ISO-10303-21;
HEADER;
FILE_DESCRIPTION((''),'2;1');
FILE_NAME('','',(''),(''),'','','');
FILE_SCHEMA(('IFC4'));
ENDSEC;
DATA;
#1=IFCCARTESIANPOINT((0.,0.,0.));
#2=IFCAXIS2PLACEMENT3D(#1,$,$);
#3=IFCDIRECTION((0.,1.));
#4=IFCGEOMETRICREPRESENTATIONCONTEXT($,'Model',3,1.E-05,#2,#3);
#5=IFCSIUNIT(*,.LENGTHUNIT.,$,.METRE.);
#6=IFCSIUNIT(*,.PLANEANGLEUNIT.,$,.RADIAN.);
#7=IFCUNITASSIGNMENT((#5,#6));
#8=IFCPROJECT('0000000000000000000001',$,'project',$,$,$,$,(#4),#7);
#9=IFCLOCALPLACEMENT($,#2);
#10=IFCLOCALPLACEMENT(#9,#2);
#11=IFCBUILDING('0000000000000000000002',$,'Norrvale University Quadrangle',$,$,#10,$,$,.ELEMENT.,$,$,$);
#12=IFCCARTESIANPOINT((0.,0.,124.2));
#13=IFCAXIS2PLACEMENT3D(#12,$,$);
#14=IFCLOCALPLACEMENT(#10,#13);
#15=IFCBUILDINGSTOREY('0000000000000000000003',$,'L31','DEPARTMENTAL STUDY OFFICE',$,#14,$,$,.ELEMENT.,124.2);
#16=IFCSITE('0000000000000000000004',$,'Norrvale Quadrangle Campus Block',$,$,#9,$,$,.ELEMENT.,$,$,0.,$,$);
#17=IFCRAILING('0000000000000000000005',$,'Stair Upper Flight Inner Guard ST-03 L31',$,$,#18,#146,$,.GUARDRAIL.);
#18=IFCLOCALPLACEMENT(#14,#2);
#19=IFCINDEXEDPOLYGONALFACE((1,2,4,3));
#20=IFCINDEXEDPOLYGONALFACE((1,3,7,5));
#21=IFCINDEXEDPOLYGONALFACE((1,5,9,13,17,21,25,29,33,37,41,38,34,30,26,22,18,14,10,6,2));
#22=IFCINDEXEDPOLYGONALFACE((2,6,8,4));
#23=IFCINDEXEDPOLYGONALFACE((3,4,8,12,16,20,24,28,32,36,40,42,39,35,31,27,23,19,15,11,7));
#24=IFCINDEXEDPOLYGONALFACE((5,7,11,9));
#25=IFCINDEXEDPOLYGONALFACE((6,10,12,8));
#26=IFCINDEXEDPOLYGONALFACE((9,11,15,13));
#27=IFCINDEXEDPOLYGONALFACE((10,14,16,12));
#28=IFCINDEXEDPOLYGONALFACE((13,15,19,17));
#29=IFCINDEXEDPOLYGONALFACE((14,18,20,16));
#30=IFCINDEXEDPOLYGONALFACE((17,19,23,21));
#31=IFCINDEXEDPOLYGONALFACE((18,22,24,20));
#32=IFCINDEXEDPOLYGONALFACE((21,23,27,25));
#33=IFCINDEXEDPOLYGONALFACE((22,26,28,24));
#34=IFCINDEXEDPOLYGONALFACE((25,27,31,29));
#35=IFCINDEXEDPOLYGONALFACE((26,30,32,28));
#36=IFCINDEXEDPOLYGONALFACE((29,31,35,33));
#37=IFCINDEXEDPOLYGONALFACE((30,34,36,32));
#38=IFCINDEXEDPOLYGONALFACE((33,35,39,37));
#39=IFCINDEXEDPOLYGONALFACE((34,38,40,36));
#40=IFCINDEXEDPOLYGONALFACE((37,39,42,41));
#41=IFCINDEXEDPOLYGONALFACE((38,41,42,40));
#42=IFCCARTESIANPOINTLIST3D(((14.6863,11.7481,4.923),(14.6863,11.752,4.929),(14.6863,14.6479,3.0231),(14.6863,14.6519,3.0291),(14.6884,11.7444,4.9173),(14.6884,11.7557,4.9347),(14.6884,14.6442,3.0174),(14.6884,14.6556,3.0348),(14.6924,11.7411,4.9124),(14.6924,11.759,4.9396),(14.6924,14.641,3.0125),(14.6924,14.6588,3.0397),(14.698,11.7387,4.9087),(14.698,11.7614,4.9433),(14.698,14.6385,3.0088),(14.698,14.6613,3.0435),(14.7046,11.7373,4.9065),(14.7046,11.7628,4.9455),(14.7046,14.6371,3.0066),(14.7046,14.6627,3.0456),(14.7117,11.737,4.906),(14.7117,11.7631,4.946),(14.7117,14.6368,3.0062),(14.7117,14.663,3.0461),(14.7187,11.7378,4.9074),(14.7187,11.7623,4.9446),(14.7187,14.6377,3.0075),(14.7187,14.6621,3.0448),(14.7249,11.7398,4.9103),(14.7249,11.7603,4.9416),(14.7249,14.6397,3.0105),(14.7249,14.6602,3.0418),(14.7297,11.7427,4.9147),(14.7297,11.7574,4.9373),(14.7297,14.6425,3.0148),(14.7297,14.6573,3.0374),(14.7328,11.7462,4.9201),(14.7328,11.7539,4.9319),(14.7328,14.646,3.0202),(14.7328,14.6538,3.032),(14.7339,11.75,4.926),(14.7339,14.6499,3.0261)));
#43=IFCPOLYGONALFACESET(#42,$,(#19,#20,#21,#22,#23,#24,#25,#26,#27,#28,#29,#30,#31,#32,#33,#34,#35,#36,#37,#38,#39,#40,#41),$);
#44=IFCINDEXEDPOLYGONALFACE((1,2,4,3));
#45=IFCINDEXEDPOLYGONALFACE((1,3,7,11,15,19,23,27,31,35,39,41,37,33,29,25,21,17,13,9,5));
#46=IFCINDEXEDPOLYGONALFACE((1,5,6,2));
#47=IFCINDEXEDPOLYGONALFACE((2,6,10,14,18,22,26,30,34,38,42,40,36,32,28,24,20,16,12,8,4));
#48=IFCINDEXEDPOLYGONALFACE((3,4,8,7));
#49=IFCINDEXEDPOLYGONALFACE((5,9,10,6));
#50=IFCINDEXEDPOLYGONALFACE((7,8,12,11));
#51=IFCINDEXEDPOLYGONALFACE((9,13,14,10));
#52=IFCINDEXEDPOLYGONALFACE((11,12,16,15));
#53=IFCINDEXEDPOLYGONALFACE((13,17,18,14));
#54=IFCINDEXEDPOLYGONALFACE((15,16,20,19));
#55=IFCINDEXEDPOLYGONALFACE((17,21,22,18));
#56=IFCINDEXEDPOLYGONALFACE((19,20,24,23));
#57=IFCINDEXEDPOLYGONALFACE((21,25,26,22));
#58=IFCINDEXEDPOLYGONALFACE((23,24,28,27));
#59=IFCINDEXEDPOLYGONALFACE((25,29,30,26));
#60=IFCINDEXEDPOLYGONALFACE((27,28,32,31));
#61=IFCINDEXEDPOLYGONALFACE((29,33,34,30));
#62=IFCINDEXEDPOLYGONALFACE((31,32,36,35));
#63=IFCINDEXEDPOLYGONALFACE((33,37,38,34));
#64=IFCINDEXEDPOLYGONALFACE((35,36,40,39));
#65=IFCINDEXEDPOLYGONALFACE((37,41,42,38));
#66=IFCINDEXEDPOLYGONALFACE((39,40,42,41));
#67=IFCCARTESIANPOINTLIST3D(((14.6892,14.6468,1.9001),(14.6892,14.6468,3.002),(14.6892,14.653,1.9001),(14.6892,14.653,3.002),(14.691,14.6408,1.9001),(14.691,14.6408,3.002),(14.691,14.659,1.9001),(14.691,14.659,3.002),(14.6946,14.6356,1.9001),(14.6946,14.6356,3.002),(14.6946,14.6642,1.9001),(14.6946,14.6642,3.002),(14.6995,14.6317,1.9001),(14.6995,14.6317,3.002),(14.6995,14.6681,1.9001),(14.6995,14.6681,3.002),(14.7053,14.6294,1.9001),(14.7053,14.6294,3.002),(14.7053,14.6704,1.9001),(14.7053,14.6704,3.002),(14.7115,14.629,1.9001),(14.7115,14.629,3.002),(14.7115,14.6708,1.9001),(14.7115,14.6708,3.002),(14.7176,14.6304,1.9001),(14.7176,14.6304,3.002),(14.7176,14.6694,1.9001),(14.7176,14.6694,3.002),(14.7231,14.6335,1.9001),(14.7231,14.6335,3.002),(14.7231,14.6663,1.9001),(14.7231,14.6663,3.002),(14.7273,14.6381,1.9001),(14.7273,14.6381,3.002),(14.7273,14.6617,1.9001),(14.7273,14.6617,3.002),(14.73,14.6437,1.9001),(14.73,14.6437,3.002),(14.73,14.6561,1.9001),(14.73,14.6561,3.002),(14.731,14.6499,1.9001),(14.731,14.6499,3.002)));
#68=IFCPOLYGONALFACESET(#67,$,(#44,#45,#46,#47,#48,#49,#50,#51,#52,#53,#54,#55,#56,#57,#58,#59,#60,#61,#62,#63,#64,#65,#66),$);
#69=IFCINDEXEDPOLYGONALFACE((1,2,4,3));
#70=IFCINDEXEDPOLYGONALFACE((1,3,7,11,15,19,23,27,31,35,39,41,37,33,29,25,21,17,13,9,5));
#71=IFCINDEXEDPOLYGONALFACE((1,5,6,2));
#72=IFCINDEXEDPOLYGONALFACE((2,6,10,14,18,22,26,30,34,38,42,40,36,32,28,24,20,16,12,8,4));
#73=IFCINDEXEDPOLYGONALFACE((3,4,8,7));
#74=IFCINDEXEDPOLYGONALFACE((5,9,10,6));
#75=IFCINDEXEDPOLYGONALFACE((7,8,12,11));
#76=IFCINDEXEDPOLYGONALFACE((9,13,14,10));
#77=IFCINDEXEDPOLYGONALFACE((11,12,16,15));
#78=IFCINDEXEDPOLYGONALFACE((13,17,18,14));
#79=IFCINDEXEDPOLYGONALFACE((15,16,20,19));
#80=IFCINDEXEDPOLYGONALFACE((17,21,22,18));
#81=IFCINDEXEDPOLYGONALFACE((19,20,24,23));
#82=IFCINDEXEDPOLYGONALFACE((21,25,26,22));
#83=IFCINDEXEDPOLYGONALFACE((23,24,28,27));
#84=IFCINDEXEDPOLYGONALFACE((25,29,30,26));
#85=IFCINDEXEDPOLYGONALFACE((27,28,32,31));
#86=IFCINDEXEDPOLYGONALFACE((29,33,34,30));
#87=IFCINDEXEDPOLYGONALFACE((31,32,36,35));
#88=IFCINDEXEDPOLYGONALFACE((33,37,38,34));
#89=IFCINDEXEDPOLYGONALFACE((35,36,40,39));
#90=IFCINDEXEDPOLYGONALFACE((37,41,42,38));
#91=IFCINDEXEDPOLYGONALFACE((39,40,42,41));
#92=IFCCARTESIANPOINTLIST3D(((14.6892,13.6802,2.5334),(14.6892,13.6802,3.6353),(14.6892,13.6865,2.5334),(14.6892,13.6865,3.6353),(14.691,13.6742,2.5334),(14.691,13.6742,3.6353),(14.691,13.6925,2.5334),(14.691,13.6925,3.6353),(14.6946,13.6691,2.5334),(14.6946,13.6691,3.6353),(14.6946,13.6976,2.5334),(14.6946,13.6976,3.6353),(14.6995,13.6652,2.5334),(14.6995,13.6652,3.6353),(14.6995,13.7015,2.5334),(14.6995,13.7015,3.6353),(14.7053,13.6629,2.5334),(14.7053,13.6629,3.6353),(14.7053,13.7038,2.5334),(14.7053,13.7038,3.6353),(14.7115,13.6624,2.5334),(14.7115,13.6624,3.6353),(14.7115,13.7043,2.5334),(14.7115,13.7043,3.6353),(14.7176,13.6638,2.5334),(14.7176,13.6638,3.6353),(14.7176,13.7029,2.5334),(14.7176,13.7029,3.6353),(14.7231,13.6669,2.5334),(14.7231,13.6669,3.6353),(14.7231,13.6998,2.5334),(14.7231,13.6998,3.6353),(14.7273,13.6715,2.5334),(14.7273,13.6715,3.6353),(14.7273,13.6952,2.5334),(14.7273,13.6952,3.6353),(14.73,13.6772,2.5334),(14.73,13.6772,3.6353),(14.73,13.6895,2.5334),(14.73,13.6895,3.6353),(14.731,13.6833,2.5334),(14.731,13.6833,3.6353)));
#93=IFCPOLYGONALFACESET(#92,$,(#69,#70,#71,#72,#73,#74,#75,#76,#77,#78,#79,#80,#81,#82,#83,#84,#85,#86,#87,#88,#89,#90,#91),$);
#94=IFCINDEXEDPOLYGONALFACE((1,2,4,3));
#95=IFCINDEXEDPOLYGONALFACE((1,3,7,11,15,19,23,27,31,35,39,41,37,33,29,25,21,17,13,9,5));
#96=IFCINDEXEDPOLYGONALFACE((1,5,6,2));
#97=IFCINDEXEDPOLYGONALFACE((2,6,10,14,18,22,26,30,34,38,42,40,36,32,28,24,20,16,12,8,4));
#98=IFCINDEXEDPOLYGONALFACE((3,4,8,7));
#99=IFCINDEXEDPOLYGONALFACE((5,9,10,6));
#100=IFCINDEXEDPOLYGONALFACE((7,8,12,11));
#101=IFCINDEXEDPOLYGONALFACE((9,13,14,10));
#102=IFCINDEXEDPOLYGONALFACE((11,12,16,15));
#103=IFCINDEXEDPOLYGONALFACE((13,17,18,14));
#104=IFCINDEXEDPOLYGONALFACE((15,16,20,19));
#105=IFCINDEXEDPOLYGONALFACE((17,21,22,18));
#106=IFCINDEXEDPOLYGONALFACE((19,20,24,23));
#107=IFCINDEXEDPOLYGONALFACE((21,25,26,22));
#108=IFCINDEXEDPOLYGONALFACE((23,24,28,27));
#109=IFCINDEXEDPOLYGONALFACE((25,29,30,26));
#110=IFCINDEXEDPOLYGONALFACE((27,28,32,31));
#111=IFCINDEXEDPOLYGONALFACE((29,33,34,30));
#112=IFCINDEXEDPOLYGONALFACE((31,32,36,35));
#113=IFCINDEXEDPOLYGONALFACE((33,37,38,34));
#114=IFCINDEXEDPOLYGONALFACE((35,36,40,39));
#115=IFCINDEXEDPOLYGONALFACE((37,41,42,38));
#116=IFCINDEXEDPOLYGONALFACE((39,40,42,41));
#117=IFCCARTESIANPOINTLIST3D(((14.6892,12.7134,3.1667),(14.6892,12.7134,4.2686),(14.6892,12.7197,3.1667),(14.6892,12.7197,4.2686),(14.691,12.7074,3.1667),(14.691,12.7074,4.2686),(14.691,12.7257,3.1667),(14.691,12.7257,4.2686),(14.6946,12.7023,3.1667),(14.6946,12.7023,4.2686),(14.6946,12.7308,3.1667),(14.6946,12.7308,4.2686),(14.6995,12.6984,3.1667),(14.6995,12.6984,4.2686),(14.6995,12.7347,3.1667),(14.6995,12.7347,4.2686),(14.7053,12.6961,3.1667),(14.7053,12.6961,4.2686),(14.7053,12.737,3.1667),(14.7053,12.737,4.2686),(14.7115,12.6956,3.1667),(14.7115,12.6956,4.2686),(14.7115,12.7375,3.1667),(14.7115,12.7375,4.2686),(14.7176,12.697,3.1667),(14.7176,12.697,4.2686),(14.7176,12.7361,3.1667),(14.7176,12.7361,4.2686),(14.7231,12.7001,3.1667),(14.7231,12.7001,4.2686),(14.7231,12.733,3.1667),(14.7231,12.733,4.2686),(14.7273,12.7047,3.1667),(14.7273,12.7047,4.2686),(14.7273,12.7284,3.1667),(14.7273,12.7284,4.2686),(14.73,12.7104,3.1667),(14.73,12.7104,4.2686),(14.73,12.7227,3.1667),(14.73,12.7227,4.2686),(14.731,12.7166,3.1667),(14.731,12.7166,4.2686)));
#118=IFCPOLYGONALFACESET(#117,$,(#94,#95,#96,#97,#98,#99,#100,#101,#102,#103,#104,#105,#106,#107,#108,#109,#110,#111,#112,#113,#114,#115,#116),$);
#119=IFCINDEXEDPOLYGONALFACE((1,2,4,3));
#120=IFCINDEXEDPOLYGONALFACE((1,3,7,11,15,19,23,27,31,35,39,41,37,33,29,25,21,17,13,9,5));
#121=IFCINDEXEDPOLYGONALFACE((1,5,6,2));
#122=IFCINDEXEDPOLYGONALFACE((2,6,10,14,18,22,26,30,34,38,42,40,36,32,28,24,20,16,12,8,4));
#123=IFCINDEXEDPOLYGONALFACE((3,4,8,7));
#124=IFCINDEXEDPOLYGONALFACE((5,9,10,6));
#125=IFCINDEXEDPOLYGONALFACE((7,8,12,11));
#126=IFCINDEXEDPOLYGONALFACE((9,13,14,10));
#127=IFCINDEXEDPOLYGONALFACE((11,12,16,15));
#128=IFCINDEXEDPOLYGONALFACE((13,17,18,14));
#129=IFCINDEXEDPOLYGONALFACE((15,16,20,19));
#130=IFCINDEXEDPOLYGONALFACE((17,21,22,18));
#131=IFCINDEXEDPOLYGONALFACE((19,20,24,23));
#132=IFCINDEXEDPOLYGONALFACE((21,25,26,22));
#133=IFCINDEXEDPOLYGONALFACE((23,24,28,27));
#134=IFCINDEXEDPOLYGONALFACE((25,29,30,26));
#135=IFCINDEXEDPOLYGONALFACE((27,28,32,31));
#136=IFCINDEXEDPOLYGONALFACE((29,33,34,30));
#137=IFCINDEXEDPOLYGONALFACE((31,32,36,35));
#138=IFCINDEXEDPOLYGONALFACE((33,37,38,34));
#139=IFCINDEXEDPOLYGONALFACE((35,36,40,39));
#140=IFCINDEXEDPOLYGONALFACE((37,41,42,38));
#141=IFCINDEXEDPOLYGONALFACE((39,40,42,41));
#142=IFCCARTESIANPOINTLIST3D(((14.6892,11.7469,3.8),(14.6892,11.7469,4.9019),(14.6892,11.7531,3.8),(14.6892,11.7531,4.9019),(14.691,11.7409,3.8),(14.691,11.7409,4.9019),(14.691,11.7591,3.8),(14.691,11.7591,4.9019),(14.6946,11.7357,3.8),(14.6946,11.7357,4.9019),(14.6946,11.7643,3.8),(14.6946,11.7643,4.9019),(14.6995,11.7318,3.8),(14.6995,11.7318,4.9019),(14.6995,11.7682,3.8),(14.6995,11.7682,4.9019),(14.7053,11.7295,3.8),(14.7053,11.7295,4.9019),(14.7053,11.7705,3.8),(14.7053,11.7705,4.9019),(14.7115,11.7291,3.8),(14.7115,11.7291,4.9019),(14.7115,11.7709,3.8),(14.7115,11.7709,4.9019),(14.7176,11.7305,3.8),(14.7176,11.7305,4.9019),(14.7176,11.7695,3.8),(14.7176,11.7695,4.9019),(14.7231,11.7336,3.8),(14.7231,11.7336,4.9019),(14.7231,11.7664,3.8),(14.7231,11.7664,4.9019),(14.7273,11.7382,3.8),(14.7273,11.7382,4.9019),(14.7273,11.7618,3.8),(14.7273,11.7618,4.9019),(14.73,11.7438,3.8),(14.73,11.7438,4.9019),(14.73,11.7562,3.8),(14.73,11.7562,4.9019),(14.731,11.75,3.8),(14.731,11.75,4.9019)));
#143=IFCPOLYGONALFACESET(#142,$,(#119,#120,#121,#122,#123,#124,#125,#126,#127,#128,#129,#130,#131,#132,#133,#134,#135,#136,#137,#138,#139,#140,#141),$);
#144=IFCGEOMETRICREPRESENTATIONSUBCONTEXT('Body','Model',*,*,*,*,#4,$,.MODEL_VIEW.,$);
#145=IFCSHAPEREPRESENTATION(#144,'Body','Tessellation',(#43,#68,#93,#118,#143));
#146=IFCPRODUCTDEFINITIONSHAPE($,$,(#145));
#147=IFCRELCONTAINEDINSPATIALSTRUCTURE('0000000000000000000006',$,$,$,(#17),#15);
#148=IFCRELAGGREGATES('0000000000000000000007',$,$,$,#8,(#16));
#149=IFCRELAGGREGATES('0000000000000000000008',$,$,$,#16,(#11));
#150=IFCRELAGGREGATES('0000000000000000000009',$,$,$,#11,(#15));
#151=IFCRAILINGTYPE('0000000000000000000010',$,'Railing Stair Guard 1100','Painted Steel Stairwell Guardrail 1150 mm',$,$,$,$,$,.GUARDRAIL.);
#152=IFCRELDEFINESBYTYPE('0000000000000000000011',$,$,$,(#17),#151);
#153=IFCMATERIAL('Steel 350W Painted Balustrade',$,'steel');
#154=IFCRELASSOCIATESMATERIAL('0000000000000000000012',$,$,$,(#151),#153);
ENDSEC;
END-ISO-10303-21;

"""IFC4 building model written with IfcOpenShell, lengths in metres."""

from ifc_helpers import new_model, si_unit, direction, frame, origin, origin_2d, place, context, subcontext, project, spatial, circle, extrude, material, type_object, element, save


model = new_model("IFC4")

# Units and contexts
model_context = context("Model", 3, precision=1e-05, world=origin(), true_north=direction((0.0, 1.0)))
body_context = subcontext(model_context, "Body", "Model", "MODEL_VIEW")
ifc_project = project(units=[si_unit("LENGTHUNIT", "METRE"), si_unit("PLANEANGLEUNIT", "RADIAN")], contexts=[model_context])

# Site, building, storey
site_placement = place(None, origin())
site = spatial("IfcSite", under=ifc_project, at=site_placement, Name="Norrvale Quadrangle Campus Block", CompositionType="ELEMENT", RefElevation=0.0)
building_placement = place(site_placement, origin())
building = spatial("IfcBuilding", under=site, at=building_placement, Name="Norrvale University Quadrangle", CompositionType="ELEMENT")
storey_placement = place(building_placement, frame((0.0, 0.0, 124.2)))
storey = spatial("IfcBuildingStorey", under=building, at=storey_placement, Name="L31", Description="DEPARTMENTAL STUDY OFFICE", CompositionType="ELEMENT", Elevation=124.2)

# Railing
ifc_material_1 = material(Name="Steel 350W Painted Balustrade", Category="steel")
railing_type_1 = type_object("IfcRailingType", Name="Railing Stair Guard 1100", Description="Painted Steel Stairwell Guardrail 1150 mm", PredefinedType="GUARDRAIL", material=ifc_material_1)
railing_1_placement = place(storey_placement, frame((14.71, 14.6499, 1.9001)))
element("IfcRailing", 1, at=railing_1_placement, inside=storey, type_object=railing_type_1, Name="Stair Upper Flight Inner Guard ST-03 L31", PredefinedType="GUARDRAIL", context=body_context, shape_type="SweptSolid", body=[
    extrude(circle(Radius=0.0239, at=origin_2d()), frame((0.0, 0.0, 1.126), z_axis=(0.0, -0.836466, 0.548019), x_axis=(1.0, 0.0, 0.0)), (0.0, 0.0, 1.0), 3.4668),
    extrude(circle(Radius=0.021, at=origin_2d()), origin(), (0.0, 0.0, 1.0), 1.1018),
    extrude(circle(Radius=0.021, at=origin_2d()), frame((0.0, -0.9666, 0.6333)), (0.0, 0.0, 1.0), 1.1018),
    extrude(circle(Radius=0.021, at=origin_2d()), frame((0.0, -1.9333, 1.2666)), (0.0, 0.0, 1.0), 1.1018),
    extrude(circle(Radius=0.021, at=origin_2d()), frame((0.0, -2.8999, 1.8999)), (0.0, 0.0, 1.0), 1.1018),
])

save(model, "model.ifc")
